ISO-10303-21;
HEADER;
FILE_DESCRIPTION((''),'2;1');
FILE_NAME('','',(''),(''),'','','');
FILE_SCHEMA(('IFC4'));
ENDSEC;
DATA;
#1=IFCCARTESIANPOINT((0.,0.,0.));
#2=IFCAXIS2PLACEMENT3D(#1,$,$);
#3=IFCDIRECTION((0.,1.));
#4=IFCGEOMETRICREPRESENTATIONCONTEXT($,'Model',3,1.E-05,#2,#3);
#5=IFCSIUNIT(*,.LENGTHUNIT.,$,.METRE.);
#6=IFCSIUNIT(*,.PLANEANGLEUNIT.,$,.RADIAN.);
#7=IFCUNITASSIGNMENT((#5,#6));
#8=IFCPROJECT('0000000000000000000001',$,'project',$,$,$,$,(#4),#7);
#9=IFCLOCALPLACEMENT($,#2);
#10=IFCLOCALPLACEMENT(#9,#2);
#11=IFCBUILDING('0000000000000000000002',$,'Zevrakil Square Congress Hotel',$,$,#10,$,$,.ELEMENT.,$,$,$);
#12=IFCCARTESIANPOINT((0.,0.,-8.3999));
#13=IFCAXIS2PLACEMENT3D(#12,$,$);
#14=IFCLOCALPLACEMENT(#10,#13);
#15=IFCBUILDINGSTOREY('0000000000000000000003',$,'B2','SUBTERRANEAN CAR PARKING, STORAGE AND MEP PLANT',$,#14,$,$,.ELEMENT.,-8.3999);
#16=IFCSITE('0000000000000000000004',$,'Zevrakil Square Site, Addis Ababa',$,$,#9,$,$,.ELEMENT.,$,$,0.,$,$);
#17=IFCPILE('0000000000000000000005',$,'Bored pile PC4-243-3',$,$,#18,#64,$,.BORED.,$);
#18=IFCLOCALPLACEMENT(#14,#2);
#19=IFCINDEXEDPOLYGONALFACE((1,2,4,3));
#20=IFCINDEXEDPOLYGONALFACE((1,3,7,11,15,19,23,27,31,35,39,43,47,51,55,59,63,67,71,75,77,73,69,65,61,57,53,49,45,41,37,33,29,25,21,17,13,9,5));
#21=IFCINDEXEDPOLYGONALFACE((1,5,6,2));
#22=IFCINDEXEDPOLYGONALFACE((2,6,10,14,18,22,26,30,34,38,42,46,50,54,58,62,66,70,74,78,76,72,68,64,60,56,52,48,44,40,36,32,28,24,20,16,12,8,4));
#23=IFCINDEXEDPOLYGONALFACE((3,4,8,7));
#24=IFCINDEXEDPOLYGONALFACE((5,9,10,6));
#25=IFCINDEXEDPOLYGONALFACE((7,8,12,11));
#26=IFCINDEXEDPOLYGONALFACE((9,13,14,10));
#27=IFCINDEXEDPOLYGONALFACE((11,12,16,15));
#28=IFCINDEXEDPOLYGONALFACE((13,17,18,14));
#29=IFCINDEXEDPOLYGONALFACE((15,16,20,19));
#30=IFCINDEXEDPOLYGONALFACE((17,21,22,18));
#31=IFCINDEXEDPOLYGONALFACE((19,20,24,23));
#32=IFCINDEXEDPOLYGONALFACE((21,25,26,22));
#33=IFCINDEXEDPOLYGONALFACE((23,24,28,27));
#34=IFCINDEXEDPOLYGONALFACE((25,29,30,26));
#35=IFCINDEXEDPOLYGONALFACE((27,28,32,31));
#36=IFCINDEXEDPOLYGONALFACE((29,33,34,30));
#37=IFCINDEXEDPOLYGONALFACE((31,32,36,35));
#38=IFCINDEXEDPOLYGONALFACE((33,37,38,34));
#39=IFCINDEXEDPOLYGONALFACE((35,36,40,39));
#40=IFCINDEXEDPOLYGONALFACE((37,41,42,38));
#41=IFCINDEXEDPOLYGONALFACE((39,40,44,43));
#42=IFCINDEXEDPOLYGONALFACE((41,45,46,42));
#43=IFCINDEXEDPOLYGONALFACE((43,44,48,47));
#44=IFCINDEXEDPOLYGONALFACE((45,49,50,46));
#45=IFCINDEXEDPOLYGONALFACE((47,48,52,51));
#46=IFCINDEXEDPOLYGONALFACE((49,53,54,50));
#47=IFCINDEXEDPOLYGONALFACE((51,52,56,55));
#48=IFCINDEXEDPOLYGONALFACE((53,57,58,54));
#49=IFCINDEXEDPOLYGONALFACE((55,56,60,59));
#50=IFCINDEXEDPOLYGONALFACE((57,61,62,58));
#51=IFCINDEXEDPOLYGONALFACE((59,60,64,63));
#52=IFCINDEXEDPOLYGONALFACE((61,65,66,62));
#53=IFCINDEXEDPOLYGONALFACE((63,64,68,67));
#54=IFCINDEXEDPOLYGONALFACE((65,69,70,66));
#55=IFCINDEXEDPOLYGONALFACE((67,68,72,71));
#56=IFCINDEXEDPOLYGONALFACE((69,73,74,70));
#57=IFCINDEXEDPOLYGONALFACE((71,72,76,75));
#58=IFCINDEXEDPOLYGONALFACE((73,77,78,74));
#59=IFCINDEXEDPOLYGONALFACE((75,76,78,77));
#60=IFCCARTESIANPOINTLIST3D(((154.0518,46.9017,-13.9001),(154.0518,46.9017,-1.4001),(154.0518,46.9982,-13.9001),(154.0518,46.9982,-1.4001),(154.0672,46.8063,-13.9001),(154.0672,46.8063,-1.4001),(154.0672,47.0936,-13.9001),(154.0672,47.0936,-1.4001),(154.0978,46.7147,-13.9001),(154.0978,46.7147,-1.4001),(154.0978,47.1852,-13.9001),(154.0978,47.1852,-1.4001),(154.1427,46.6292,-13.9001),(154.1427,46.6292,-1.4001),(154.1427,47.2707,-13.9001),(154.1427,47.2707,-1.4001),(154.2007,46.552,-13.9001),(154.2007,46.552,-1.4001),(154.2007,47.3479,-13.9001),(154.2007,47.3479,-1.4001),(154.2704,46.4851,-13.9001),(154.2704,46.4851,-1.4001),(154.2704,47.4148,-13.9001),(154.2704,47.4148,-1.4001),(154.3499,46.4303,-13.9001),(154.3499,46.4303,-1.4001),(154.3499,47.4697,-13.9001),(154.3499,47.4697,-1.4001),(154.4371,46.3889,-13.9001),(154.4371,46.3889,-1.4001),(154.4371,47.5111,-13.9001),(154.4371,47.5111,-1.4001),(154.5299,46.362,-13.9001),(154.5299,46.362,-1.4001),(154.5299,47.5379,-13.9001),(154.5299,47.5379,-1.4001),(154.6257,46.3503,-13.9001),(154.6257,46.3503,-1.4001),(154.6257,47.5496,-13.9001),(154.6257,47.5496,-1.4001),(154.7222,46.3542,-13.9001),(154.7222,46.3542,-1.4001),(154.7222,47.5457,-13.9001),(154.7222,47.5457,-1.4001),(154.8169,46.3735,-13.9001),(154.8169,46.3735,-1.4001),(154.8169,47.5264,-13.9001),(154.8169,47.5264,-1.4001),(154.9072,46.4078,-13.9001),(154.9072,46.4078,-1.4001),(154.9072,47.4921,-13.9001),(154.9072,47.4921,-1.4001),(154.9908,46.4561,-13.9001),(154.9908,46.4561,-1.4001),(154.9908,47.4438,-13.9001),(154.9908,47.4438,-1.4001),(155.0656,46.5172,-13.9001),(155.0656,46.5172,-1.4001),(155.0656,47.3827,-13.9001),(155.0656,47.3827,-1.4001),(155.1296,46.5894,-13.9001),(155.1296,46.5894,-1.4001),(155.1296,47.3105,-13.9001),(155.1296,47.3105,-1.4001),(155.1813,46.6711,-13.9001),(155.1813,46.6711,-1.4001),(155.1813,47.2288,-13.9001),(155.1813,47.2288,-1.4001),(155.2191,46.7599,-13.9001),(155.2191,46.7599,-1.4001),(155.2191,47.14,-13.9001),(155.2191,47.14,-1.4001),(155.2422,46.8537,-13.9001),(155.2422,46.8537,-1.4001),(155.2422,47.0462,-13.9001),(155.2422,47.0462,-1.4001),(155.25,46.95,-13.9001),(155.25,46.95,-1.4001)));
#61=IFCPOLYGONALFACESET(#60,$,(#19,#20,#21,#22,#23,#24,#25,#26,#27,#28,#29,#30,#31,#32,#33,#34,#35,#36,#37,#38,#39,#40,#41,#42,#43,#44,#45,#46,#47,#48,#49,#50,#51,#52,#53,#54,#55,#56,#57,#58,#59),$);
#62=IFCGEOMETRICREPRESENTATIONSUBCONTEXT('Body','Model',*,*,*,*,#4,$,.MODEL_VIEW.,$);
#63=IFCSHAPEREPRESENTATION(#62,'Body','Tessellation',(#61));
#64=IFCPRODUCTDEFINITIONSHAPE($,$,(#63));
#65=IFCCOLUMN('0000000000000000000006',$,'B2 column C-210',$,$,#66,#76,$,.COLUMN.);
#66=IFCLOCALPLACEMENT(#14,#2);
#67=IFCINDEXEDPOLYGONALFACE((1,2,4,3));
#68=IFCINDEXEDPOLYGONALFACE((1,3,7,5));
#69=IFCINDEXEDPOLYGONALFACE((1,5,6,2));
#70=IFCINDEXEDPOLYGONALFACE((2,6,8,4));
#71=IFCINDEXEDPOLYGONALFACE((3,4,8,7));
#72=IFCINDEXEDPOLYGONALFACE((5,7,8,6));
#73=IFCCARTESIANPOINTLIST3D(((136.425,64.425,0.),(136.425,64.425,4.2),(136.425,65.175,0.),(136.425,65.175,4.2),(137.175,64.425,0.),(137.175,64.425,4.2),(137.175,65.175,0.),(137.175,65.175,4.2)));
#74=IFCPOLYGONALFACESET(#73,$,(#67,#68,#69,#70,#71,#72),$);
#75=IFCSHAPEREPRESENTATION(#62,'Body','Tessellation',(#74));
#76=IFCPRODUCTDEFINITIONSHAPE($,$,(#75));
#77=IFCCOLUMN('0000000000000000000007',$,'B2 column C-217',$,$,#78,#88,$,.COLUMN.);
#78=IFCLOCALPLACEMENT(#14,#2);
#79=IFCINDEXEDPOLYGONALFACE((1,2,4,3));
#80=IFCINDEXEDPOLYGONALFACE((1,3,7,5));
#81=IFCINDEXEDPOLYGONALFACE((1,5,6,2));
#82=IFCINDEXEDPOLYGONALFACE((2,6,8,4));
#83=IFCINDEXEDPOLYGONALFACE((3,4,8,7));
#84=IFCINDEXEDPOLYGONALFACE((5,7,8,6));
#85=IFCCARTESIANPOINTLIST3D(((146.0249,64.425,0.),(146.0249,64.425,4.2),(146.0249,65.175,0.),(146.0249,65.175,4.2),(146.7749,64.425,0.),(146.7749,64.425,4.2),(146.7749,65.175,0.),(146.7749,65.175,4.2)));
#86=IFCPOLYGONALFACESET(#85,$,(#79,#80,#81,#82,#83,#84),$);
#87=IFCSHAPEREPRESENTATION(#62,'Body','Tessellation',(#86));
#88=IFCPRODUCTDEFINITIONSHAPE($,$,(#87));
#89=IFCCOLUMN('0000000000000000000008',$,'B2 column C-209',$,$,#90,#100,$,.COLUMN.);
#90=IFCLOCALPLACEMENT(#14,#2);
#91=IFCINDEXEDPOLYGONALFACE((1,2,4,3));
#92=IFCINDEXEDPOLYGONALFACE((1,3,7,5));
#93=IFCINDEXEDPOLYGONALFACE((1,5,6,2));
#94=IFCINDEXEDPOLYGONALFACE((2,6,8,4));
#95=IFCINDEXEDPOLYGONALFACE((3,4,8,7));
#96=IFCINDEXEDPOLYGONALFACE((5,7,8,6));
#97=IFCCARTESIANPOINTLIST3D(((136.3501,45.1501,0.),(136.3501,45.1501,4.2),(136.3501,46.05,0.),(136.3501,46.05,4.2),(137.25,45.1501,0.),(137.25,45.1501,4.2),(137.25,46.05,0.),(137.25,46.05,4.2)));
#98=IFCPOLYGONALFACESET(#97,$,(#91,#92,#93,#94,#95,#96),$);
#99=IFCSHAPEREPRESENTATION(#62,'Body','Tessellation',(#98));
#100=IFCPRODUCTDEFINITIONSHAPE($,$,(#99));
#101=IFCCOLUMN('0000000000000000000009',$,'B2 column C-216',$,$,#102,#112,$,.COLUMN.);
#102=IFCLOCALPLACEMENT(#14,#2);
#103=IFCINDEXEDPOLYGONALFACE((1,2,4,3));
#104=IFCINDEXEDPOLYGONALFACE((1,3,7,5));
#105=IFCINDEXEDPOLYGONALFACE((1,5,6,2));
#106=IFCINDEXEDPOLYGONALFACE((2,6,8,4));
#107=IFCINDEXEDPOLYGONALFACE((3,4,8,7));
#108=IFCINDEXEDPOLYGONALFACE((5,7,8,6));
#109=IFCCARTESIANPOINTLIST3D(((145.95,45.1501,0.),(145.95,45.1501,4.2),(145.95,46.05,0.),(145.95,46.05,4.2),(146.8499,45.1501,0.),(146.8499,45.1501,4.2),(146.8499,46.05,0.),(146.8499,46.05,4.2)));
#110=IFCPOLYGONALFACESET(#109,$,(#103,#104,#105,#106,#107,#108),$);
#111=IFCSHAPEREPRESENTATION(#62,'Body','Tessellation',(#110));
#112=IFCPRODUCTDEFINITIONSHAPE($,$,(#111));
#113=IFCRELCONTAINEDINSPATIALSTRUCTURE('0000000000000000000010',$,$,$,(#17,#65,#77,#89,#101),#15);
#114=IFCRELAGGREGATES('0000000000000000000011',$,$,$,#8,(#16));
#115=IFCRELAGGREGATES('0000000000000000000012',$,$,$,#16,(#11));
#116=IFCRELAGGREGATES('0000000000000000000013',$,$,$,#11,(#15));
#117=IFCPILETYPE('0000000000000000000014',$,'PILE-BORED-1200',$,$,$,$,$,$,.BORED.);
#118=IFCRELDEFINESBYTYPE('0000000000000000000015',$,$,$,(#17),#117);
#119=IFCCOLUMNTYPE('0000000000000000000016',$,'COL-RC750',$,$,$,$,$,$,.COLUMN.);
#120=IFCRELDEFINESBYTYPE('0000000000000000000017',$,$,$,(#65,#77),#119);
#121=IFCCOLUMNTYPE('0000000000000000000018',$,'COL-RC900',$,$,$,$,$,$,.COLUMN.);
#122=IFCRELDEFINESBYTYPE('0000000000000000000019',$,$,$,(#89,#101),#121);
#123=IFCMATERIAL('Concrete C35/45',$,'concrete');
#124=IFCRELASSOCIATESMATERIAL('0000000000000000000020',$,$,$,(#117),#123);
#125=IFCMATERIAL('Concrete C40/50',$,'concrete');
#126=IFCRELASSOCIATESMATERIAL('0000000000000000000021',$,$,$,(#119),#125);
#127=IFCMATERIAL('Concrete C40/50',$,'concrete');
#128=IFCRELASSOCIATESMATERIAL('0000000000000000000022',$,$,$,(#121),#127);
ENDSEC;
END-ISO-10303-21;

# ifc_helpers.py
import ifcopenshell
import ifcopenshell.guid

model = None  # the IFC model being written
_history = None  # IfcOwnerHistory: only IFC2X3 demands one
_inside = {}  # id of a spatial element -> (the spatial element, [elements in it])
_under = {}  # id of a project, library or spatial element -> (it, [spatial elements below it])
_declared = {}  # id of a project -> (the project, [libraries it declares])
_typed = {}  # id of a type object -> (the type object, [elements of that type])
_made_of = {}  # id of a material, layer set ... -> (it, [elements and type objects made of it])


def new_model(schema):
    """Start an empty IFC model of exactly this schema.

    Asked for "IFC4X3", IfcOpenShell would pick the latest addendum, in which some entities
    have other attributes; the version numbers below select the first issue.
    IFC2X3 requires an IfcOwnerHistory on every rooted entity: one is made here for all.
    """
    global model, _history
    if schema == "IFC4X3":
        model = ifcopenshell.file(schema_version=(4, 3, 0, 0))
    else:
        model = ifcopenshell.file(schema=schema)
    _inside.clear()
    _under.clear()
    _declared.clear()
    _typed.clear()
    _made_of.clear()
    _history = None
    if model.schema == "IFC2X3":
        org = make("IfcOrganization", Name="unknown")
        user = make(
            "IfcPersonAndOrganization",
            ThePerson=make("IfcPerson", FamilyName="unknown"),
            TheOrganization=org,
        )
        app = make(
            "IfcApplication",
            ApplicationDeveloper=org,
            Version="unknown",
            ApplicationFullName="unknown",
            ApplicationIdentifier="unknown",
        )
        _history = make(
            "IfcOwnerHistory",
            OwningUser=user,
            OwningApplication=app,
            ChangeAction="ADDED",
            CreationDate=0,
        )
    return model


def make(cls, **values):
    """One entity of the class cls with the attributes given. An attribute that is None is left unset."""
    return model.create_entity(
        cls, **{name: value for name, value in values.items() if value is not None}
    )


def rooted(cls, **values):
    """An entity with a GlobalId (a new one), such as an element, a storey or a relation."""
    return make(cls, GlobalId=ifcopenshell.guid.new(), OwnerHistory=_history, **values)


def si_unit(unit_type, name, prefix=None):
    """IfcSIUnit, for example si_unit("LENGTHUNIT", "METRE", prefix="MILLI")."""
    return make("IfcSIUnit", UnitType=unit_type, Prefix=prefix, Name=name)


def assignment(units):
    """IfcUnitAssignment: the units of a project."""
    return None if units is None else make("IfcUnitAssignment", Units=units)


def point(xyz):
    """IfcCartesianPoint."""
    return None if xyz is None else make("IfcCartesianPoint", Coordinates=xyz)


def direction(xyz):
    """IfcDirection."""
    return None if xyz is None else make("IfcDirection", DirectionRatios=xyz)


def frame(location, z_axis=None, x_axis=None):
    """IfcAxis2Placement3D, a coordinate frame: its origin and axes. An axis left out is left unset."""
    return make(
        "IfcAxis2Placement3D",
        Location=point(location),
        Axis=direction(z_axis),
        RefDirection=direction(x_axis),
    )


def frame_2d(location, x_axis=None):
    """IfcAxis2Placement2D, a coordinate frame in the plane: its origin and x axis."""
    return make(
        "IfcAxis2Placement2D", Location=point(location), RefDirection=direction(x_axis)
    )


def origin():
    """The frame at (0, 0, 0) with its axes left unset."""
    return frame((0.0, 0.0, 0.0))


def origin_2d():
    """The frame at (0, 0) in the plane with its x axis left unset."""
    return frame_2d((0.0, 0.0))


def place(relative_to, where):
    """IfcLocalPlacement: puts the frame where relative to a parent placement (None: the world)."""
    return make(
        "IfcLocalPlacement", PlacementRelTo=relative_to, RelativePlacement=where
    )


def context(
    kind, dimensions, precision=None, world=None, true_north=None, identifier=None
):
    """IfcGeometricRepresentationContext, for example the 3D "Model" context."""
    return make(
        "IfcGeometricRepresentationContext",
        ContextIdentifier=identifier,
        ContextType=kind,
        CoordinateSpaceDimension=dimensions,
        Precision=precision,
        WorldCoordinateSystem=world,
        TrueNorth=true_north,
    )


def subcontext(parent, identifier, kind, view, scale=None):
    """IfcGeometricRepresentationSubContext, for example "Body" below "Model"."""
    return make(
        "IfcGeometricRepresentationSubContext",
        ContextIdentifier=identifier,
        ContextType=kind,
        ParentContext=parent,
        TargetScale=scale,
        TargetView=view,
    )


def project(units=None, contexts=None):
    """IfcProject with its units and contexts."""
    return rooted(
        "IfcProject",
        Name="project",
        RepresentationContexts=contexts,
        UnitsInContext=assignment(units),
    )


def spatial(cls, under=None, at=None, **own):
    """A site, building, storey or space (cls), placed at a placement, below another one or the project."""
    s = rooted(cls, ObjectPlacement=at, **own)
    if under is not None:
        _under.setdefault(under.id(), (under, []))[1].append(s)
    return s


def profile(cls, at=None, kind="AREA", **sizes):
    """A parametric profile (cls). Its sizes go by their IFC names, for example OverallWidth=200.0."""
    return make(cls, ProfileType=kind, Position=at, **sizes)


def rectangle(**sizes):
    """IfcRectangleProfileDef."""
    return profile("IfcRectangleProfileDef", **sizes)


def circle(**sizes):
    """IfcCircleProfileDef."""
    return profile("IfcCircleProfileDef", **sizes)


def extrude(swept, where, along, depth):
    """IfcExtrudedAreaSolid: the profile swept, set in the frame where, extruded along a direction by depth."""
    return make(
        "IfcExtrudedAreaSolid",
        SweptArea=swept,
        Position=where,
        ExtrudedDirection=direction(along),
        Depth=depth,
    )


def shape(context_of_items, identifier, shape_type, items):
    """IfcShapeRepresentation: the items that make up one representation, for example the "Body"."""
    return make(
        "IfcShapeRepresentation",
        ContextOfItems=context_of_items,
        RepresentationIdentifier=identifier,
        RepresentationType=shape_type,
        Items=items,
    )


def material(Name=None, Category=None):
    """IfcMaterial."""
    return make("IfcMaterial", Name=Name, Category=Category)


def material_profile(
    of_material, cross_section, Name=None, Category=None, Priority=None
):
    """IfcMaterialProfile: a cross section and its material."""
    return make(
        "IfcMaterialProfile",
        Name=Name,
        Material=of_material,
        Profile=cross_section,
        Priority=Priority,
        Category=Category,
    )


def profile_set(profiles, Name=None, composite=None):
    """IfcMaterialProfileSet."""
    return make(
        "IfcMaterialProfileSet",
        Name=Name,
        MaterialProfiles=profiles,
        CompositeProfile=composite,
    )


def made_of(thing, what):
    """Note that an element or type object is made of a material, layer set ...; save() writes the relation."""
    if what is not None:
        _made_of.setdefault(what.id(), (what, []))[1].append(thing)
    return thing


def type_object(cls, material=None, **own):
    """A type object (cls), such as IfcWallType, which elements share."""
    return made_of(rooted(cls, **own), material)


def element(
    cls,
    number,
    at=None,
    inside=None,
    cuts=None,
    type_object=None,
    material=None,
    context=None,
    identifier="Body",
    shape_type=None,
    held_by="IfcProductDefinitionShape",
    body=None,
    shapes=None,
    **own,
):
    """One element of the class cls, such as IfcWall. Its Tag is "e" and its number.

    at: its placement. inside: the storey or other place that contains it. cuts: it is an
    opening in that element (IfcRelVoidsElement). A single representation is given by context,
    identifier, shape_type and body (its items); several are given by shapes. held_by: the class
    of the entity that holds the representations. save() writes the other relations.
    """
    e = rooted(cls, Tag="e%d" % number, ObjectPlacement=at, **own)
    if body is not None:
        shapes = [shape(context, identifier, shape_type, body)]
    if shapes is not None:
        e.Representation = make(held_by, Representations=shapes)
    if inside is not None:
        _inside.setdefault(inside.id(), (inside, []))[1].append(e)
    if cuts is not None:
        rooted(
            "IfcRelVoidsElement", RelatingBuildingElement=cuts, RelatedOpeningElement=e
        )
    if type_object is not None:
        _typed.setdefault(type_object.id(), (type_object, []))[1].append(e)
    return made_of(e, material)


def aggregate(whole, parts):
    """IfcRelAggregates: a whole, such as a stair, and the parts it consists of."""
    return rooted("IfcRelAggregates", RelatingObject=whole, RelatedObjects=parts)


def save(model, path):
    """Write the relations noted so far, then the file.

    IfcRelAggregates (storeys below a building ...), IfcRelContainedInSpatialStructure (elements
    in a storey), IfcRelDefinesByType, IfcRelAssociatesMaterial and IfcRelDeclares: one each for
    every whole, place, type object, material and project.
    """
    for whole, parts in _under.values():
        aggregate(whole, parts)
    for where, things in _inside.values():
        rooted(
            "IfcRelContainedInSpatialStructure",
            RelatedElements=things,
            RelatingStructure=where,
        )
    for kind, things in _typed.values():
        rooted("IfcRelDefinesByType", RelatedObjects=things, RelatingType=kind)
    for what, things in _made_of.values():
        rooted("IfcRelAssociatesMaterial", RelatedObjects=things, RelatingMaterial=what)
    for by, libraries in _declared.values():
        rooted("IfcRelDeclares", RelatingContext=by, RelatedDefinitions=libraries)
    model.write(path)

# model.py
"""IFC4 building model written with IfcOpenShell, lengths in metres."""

from ifc_helpers import new_model, si_unit, direction, frame, origin, origin_2d, place, context, subcontext, project, spatial, rectangle, circle, extrude, material, material_profile, profile_set, type_object, element, save


model = new_model("IFC4")

# Units and contexts
model_context = context("Model", 3, precision=1e-05, world=origin(), true_north=direction((0.0, 1.0)))
body_context = subcontext(model_context, "Body", "Model", "MODEL_VIEW")
ifc_project = project(units=[si_unit("LENGTHUNIT", "METRE"), si_unit("PLANEANGLEUNIT", "RADIAN")], contexts=[model_context])

# Site, building, storey
site_placement = place(None, origin())
site = spatial("IfcSite", under=ifc_project, at=site_placement, Name="Zevrakil Square Site, Addis Ababa", CompositionType="ELEMENT", RefElevation=0.0)
building_placement = place(site_placement, origin())
building = spatial("IfcBuilding", under=site, at=building_placement, Name="Zevrakil Square Congress Hotel", CompositionType="ELEMENT")
storey_placement = place(building_placement, frame((0.0, 0.0, -8.3999)))
storey = spatial("IfcBuildingStorey", under=building, at=storey_placement, Name="B2", Description="SUBTERRANEAN CAR PARKING, STORAGE AND MEP PLANT", CompositionType="ELEMENT", Elevation=-8.3999)

# Pile
ifc_material_1 = material(Name="Concrete C35/45", Category="concrete")
ifc_material_profile_1 = material_profile(ifc_material_1, circle(Radius=0.6001, at=origin_2d()), Name="PILE D1200")
ifc_profile_set_1 = profile_set([ifc_material_profile_1], Name="Concrete C35/45")
pile_type_1 = type_object("IfcPileType", Name="PILE-BORED-1200", PredefinedType="BORED", material=ifc_profile_set_1)
for number, where, z_axis, x_axis, name in (
    (1, (154.6499, 46.95, -1.4001), (0.0, 0.0, -1.0), (1.0, 0.0, 0.0), "Bored pile PC4-243-3"),
):
    element("IfcPile", number, at=place(storey_placement, frame(where, z_axis=z_axis, x_axis=x_axis)), inside=storey, type_object=pile_type_1, Name=name, PredefinedType="BORED", context=body_context, shape_type="SweptSolid", body=[
        extrude(circle(Radius=0.6001, at=origin_2d()), origin(), (0.0, 0.0, 1.0), 12.5),
    ])

# Columns
ifc_material_2 = material(Name="Concrete C40/50", Category="concrete")
ifc_material_profile_2 = material_profile(ifc_material_2, rectangle(XDim=0.75, YDim=0.75, at=origin_2d()), Name="RC 750x750")
ifc_profile_set_2 = profile_set([ifc_material_profile_2], Name="Concrete C40/50")
column_type_1 = type_object("IfcColumnType", Name="COL-RC750", PredefinedType="COLUMN", material=ifc_profile_set_2)
for number, where, z_axis, x_axis, name in (
    (2, (136.8, 64.8, 0.0), (0.0, 0.0, 1.0), (1.0, 0.0, 0.0), "B2 column C-210"),
    (3, (146.3999, 64.8, 0.0), (0.0, 0.0, 1.0), (1.0, 0.0, 0.0), "B2 column C-217"),
):
    element("IfcColumn", number, at=place(storey_placement, frame(where, z_axis=z_axis, x_axis=x_axis)), inside=storey, type_object=column_type_1, Name=name, PredefinedType="COLUMN", context=body_context, shape_type="SweptSolid", body=[
        extrude(rectangle(XDim=0.75, YDim=0.75, at=origin_2d()), origin(), (0.0, 0.0, 1.0), 4.2),
    ])
ifc_material_3 = material(Name="Concrete C40/50", Category="concrete")
ifc_material_profile_3 = material_profile(ifc_material_3, rectangle(XDim=0.8999, YDim=0.8999, at=origin_2d()), Name="RC 900x900")
ifc_profile_set_3 = profile_set([ifc_material_profile_3], Name="Concrete C40/50")
column_type_2 = type_object("IfcColumnType", Name="COL-RC900", PredefinedType="COLUMN", material=ifc_profile_set_3)
for number, where, z_axis, x_axis, name in (
    (4, (136.8, 45.6001, 0.0), (0.0, 0.0, 1.0), (1.0, 0.0, 0.0), "B2 column C-209"),
    (5, (146.3999, 45.6001, 0.0), (0.0, 0.0, 1.0), (1.0, 0.0, 0.0), "B2 column C-216"),
):
    element("IfcColumn", number, at=place(storey_placement, frame(where, z_axis=z_axis, x_axis=x_axis)), inside=storey, type_object=column_type_2, Name=name, PredefinedType="COLUMN", context=body_context, shape_type="SweptSolid", body=[
        extrude(rectangle(XDim=0.8999, YDim=0.8999, at=origin_2d()), origin(), (0.0, 0.0, 1.0), 4.2),
    ])

save(model, "model.ifc")
